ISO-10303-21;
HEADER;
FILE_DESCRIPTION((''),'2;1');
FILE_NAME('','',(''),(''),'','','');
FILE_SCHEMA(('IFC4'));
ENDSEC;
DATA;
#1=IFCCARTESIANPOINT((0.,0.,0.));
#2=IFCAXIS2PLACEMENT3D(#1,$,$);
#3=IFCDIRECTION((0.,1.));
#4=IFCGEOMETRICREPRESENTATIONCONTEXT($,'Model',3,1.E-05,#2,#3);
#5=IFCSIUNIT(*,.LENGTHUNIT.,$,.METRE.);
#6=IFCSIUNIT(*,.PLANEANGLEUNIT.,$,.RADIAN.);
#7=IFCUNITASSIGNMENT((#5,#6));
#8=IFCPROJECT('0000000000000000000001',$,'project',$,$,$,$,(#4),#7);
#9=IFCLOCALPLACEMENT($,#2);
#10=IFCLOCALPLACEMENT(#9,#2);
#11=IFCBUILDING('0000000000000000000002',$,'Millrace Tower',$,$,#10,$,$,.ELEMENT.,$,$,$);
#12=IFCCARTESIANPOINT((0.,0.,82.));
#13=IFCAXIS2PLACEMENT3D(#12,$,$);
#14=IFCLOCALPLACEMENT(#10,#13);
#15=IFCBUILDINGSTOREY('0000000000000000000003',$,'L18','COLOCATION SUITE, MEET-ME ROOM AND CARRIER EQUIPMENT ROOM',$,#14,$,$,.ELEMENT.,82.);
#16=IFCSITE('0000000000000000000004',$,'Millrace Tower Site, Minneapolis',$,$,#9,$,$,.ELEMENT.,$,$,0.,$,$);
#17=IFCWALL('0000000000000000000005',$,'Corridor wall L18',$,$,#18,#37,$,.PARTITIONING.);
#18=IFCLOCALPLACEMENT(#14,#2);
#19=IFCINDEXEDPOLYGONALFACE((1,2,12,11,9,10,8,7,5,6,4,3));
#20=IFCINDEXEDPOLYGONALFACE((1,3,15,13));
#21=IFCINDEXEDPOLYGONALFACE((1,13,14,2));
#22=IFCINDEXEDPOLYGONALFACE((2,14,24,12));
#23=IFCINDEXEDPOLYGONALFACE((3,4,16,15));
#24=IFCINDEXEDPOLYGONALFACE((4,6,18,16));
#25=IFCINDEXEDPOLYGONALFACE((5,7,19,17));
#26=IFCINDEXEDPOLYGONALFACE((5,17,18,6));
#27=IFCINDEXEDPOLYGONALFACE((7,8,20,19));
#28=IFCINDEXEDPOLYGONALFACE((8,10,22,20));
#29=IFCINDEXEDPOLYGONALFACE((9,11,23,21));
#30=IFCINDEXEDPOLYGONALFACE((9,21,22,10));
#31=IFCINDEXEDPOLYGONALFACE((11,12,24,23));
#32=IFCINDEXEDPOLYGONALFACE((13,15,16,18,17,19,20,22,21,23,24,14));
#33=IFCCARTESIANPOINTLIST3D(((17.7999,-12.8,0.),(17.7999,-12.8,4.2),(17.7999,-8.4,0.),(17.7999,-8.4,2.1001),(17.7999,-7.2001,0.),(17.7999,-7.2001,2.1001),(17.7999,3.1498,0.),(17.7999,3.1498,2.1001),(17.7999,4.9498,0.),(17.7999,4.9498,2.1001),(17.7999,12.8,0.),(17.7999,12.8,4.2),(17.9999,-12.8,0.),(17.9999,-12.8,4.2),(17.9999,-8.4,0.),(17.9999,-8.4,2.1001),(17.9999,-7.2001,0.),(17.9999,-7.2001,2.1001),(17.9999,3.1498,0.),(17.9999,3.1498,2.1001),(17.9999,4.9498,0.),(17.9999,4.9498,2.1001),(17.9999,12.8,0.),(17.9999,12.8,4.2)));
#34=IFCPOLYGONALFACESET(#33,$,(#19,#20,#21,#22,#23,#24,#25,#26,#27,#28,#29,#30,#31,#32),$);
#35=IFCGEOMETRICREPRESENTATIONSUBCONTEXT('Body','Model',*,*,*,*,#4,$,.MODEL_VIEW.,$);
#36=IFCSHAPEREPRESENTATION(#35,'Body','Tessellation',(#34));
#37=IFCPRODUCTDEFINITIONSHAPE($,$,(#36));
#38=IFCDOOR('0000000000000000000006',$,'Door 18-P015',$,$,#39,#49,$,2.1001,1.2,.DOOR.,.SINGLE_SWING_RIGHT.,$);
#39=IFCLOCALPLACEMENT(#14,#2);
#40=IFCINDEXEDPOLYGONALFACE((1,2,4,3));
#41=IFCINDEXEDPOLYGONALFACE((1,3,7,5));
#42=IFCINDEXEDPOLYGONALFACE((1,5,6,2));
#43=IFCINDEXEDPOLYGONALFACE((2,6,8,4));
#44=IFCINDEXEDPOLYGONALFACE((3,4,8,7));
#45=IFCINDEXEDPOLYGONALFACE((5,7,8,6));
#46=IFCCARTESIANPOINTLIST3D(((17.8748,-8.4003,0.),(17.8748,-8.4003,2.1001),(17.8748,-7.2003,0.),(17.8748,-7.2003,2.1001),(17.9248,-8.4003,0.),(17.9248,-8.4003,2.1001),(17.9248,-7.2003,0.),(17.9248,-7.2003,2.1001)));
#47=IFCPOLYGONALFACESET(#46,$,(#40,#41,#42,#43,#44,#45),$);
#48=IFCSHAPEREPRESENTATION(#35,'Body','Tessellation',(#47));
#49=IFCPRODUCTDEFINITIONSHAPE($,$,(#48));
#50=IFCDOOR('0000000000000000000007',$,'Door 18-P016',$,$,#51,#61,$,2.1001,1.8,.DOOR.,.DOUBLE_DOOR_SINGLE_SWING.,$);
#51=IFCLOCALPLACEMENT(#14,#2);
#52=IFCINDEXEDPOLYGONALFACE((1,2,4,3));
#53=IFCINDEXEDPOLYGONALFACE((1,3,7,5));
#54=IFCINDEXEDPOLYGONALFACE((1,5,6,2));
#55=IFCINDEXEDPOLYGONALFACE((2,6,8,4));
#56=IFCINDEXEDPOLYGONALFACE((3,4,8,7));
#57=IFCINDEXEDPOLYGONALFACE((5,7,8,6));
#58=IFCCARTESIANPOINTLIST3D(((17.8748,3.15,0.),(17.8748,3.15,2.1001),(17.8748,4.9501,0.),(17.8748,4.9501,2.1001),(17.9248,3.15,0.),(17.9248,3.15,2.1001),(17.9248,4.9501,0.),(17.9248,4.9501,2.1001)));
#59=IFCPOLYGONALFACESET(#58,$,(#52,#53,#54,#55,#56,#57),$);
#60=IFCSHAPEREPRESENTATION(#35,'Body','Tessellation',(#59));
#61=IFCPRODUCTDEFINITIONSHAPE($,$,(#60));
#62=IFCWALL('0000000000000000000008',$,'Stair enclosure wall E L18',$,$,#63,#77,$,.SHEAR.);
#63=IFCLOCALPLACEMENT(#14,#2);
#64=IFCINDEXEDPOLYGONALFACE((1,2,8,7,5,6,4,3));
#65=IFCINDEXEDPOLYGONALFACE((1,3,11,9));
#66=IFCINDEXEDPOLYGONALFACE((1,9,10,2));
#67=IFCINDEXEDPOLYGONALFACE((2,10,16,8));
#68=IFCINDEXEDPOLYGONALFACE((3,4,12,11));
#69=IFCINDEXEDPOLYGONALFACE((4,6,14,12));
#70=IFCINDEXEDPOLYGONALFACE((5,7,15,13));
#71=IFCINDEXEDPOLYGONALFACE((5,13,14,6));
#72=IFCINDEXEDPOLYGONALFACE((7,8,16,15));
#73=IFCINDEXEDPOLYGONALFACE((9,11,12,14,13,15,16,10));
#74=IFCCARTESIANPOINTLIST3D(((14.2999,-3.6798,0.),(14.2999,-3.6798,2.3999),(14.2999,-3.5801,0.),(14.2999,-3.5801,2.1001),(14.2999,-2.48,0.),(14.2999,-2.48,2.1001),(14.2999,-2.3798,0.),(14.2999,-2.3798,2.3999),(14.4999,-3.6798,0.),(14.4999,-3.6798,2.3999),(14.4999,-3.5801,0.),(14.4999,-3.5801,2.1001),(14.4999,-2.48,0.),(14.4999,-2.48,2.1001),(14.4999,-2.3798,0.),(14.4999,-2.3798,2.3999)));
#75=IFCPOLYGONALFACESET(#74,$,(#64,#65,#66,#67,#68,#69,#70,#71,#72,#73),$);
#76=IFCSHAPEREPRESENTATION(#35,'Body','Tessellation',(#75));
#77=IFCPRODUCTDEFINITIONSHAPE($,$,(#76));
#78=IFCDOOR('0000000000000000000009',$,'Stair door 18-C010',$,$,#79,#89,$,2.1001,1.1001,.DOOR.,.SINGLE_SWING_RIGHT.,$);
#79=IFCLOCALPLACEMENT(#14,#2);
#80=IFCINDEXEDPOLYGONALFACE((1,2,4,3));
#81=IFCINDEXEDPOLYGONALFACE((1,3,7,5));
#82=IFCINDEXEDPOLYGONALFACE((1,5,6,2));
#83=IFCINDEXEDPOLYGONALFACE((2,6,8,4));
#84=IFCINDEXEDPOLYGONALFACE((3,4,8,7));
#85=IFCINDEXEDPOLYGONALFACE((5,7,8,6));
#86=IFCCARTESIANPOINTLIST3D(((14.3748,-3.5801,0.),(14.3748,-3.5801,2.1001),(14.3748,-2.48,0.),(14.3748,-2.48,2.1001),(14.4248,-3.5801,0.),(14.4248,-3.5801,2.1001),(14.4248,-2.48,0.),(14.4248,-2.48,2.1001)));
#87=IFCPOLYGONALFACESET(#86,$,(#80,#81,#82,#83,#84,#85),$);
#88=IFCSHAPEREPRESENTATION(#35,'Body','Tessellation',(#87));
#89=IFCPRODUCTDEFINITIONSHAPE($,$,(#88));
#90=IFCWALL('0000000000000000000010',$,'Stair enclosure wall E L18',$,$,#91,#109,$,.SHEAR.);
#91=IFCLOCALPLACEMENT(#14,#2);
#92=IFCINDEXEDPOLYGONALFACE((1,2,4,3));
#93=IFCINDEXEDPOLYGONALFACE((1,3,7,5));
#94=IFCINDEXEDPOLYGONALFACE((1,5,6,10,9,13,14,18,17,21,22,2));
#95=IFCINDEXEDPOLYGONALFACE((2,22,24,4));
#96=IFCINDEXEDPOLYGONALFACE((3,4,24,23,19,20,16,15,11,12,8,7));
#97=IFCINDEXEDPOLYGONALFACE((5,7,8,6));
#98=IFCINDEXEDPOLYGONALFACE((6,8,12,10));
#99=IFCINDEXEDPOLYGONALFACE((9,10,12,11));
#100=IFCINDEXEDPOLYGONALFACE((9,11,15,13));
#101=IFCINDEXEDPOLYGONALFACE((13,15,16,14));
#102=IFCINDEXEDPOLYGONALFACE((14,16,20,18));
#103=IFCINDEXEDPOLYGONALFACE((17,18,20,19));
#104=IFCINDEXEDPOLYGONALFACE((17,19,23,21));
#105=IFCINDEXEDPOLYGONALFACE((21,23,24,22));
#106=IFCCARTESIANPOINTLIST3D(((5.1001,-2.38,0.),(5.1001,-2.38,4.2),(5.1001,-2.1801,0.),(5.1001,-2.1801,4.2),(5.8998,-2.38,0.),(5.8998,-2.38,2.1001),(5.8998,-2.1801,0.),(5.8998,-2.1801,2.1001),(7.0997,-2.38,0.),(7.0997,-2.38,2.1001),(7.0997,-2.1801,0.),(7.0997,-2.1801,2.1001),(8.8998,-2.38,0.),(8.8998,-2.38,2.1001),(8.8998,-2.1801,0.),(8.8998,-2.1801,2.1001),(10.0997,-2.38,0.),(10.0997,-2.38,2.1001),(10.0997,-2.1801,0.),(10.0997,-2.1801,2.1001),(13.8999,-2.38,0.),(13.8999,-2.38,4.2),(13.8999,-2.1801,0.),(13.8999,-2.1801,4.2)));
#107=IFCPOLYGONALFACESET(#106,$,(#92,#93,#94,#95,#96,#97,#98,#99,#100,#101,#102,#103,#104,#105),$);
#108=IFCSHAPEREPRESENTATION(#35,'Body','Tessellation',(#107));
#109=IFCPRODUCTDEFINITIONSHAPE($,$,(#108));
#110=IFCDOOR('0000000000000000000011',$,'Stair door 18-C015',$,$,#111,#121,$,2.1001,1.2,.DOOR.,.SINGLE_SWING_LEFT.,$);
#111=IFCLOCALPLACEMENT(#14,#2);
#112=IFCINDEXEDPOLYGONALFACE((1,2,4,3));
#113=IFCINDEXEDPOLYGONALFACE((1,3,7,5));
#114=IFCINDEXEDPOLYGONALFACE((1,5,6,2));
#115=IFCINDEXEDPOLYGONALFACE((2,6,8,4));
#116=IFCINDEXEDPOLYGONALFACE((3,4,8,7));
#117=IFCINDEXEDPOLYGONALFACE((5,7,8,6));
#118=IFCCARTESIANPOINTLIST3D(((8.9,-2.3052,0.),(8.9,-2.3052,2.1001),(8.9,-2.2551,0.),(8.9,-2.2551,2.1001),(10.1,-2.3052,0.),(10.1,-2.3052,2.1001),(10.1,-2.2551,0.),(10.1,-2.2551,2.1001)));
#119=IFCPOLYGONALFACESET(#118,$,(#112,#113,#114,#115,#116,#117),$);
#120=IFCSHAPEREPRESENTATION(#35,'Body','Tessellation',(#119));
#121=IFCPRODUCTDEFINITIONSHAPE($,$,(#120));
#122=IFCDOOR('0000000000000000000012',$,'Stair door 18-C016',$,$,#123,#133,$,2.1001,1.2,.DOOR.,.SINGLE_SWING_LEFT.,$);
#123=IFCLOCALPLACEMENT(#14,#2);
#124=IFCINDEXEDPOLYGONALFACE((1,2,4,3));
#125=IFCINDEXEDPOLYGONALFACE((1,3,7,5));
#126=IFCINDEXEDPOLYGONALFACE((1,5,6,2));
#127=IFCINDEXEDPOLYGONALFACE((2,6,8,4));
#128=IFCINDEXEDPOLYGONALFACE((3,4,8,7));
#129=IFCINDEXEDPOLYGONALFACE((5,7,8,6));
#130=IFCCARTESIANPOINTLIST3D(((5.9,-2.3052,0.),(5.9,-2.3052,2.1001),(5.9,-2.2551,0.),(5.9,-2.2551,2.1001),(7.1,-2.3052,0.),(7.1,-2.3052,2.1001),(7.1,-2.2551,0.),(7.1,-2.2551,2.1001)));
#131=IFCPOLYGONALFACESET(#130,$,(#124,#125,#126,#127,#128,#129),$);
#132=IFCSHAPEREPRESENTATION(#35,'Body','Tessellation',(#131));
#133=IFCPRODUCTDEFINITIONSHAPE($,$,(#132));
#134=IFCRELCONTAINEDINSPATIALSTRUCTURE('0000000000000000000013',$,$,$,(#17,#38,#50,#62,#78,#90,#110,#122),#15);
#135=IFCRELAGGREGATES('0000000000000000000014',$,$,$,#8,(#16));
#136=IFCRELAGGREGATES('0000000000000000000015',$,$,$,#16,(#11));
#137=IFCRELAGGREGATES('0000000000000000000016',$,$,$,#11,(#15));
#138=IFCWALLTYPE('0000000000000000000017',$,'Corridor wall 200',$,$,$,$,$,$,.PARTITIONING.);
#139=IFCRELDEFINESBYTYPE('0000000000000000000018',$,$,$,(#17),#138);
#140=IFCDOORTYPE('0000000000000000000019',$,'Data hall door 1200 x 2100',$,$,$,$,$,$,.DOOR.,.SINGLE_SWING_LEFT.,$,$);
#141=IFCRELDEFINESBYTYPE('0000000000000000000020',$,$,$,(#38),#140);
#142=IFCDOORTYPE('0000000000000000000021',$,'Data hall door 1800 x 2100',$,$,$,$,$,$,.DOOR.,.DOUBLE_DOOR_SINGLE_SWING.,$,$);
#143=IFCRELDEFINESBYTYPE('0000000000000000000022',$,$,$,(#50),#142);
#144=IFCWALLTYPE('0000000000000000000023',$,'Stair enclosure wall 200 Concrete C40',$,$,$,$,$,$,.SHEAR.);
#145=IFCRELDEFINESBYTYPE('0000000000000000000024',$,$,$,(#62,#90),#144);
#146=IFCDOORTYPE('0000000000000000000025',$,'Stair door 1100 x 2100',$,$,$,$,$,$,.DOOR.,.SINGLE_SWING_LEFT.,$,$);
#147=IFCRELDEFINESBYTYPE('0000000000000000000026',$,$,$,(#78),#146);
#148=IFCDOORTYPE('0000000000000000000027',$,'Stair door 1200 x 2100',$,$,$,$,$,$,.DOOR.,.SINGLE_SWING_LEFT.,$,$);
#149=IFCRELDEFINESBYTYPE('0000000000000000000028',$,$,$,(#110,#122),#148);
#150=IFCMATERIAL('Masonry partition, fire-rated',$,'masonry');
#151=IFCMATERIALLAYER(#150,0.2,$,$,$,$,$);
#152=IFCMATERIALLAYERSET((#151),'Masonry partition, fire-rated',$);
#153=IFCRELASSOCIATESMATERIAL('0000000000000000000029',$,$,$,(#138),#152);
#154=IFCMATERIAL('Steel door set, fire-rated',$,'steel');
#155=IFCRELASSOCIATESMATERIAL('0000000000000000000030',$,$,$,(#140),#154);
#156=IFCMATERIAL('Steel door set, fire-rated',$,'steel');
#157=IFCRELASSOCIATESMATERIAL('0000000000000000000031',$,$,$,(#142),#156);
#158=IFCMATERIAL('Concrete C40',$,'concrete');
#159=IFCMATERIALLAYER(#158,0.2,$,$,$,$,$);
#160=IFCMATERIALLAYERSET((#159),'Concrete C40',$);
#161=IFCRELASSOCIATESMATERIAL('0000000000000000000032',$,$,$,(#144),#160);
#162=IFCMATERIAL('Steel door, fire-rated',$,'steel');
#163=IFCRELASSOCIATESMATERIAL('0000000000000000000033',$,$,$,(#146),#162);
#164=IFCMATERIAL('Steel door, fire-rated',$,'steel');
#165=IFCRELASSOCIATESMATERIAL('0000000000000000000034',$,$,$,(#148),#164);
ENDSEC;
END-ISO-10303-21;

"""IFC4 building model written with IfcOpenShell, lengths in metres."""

from ifc_helpers import new_model, si_unit, direction, frame, frame_2d, origin, place, context, subcontext, project, spatial, rectangle, extrude, material, layer, layer_set, type_object, element, fill, save


model = new_model("IFC4")

# Units and contexts
model_context = context("Model", 3, precision=1e-05, world=origin(), true_north=direction((0.0, 1.0)))
body_context = subcontext(model_context, "Body", "Model", "MODEL_VIEW")
ifc_project = project(units=[si_unit("LENGTHUNIT", "METRE"), si_unit("PLANEANGLEUNIT", "RADIAN")], contexts=[model_context])

# Site, building, storey
site_placement = place(None, origin())
site = spatial("IfcSite", under=ifc_project, at=site_placement, Name="Millrace Tower Site, Minneapolis", CompositionType="ELEMENT", RefElevation=0.0)
building_placement = place(site_placement, origin())
building = spatial("IfcBuilding", under=site, at=building_placement, Name="Millrace Tower", CompositionType="ELEMENT")
storey_placement = place(building_placement, frame((0.0, 0.0, 82.0)))
storey = spatial("IfcBuildingStorey", under=building, at=storey_placement, Name="L18", Description="COLOCATION SUITE, MEET-ME ROOM AND CARRIER EQUIPMENT ROOM", CompositionType="ELEMENT", Elevation=82.0)

# Shared definitions
ifc_material_1 = material(Name="Masonry partition, fire-rated", Category="masonry")
ifc_layer_1 = layer(ifc_material_1, 0.2)
ifc_layer_set_1 = layer_set([ifc_layer_1], Name="Masonry partition, fire-rated")
wall_type_1 = type_object("IfcWallType", Name="Corridor wall 200", PredefinedType="PARTITIONING", material=ifc_layer_set_1)

# Wall, openings, doors
wall_1_placement = place(storey_placement, frame((17.8999, -12.8, 0.0), z_axis=(0.0, 0.0, 1.0), x_axis=(0.0, 1.0, 0.0)))
wall_1 = element("IfcWall", 1, at=wall_1_placement, inside=storey, type_object=wall_type_1, Name="Corridor wall L18", PredefinedType="PARTITIONING", context=body_context, shape_type="SweptSolid", body=[
    extrude(rectangle(XDim=25.6001, YDim=0.2, at=frame_2d((12.8, 0.0))), origin(), (0.0, 0.0, 1.0), 4.2),
])
opening_1_placement = place(wall_1_placement, frame((4.3999, 0.0, 0.0)))
opening_1 = element("IfcOpeningElement", 2, at=opening_1_placement, cuts=wall_1, PredefinedType="OPENING", context=body_context, shape_type="SweptSolid", body=[
    extrude(rectangle(XDim=1.2, YDim=2.1001, at=frame_2d((0.6001, 1.05))), frame((0.0, 0.1099, 0.0), z_axis=(0.0, -1.0, 0.0), x_axis=(1.0, 0.0, 0.0)), (0.0, 0.0, 1.0), 0.22),
])
opening_2_placement = place(wall_1_placement, frame((15.95, 0.0, 0.0)))
opening_2 = element("IfcOpeningElement", 3, at=opening_2_placement, cuts=wall_1, PredefinedType="OPENING", context=body_context, shape_type="SweptSolid", body=[
    extrude(rectangle(XDim=1.8, YDim=2.1001, at=frame_2d((0.8999, 1.05))), frame((0.0, 0.1099, 0.0), z_axis=(0.0, -1.0, 0.0), x_axis=(1.0, 0.0, 0.0)), (0.0, 0.0, 1.0), 0.22),
])
ifc_material_2 = material(Name="Steel door set, fire-rated", Category="steel")
door_type_1 = type_object("IfcDoorType", Name="Data hall door 1200 x 2100", OperationType="SINGLE_SWING_LEFT", PredefinedType="DOOR", material=ifc_material_2)
door_1_placement = place(opening_1_placement, frame((1.2, 0.0, 0.0), z_axis=(0.0, 0.0, 1.0), x_axis=(-1.0, 0.0, 0.0)))
door_1 = element("IfcDoor", 4, at=door_1_placement, inside=storey, type_object=door_type_1, Name="Door 18-P015", OperationType="SINGLE_SWING_RIGHT", OverallHeight=2.1001, OverallWidth=1.2, PredefinedType="DOOR", context=body_context, shape_type="SweptSolid", body=[
    extrude(rectangle(XDim=1.2, YDim=2.1001, at=frame_2d((0.6001, 1.05))), frame((0.0, 0.0249, 0.0), z_axis=(0.0, -1.0, 0.0), x_axis=(1.0, 0.0, 0.0)), (0.0, 0.0, 1.0), 0.05),
])
fill(opening_1, door_1)
ifc_material_3 = material(Name="Steel door set, fire-rated", Category="steel")
door_type_2 = type_object("IfcDoorType", Name="Data hall door 1800 x 2100", OperationType="DOUBLE_DOOR_SINGLE_SWING", PredefinedType="DOOR", material=ifc_material_3)
door_2_placement = place(opening_2_placement, frame((1.8, 0.0, 0.0), z_axis=(0.0, 0.0, 1.0), x_axis=(-1.0, 0.0, 0.0)))
door_2 = element("IfcDoor", 5, at=door_2_placement, inside=storey, type_object=door_type_2, Name="Door 18-P016", OperationType="DOUBLE_DOOR_SINGLE_SWING", OverallHeight=2.1001, OverallWidth=1.8, PredefinedType="DOOR", context=body_context, shape_type="SweptSolid", body=[
    extrude(rectangle(XDim=1.8, YDim=2.1001, at=frame_2d((0.8999, 1.05))), frame((0.0, 0.0249, 0.0), z_axis=(0.0, -1.0, 0.0), x_axis=(1.0, 0.0, 0.0)), (0.0, 0.0, 1.0), 0.05),
])
fill(opening_2, door_2)

# Wall, opening, door
ifc_material_4 = material(Name="Concrete C40", Category="concrete")
ifc_layer_2 = layer(ifc_material_4, 0.2)
ifc_layer_set_2 = layer_set([ifc_layer_2], Name="Concrete C40")
wall_type_2 = type_object("IfcWallType", Name="Stair enclosure wall 200 Concrete C40", PredefinedType="SHEAR", material=ifc_layer_set_2)
wall_2_placement = place(storey_placement, frame((14.3999, -2.3799, 0.0), z_axis=(0.0, 0.0, 1.0), x_axis=(0.0, -1.0, 0.0)))
wall_2 = element("IfcWall", 6, at=wall_2_placement, inside=storey, type_object=wall_type_2, Name="Stair enclosure wall E L18", PredefinedType="SHEAR", context=body_context, shape_type="SweptSolid", body=[
    extrude(rectangle(XDim=1.3, YDim=0.2, at=frame_2d((0.6499, 0.0))), origin(), (0.0, 0.0, 1.0), 2.3999),
])
opening_3_placement = place(wall_2_placement, frame((0.1001, 0.0, 0.0)))
opening_3 = element("IfcOpeningElement", 7, at=opening_3_placement, cuts=wall_2, PredefinedType="OPENING", context=body_context, shape_type="SweptSolid", body=[
    extrude(rectangle(XDim=1.1001, YDim=2.1001, at=frame_2d((0.55, 1.05))), frame((0.0, 0.1099, 0.0), z_axis=(0.0, -1.0, 0.0), x_axis=(1.0, 0.0, 0.0)), (0.0, 0.0, 1.0), 0.22),
])
ifc_material_5 = material(Name="Steel door, fire-rated", Category="steel")
door_type_3 = type_object("IfcDoorType", Name="Stair door 1100 x 2100", OperationType="SINGLE_SWING_LEFT", PredefinedType="DOOR", material=ifc_material_5)
door_3_placement = place(opening_3_placement, origin())
door_3 = element("IfcDoor", 8, at=door_3_placement, inside=storey, type_object=door_type_3, Name="Stair door 18-C010", OperationType="SINGLE_SWING_RIGHT", OverallHeight=2.1001, OverallWidth=1.1001, PredefinedType="DOOR", context=body_context, shape_type="SweptSolid", body=[
    extrude(rectangle(XDim=1.1001, YDim=2.1001, at=frame_2d((0.55, 1.05))), frame((0.0, 0.0249, 0.0), z_axis=(0.0, -1.0, 0.0), x_axis=(1.0, 0.0, 0.0)), (0.0, 0.0, 1.0), 0.05),
])
fill(opening_3, door_3)

# Wall, openings, doors
wall_3_placement = place(storey_placement, frame((13.8999, -2.28, 0.0), z_axis=(0.0, 0.0, 1.0), x_axis=(-1.0, 0.0, 0.0)))
wall_3 = element("IfcWall", 9, at=wall_3_placement, inside=storey, type_object=wall_type_2, Name="Stair enclosure wall E L18", PredefinedType="SHEAR", context=body_context, shape_type="SweptSolid", body=[
    extrude(rectangle(XDim=8.7998, YDim=0.2, at=frame_2d((4.3999, 0.0))), origin(), (0.0, 0.0, 1.0), 4.2),
])
opening_4_placement = place(wall_3_placement, frame((3.8, 0.0, 0.0)))
opening_4 = element("IfcOpeningElement", 10, at=opening_4_placement, cuts=wall_3, PredefinedType="OPENING", context=body_context, shape_type="SweptSolid", body=[
    extrude(rectangle(XDim=1.2, YDim=2.1001, at=frame_2d((0.6001, 1.05))), frame((0.0, 0.1099, 0.0), z_axis=(0.0, -1.0, 0.0), x_axis=(1.0, 0.0, 0.0)), (0.0, 0.0, 1.0), 0.22),
])
opening_5_placement = place(wall_3_placement, frame((6.8, 0.0, 0.0)))
opening_5 = element("IfcOpeningElement", 11, at=opening_5_placement, cuts=wall_3, PredefinedType="OPENING", context=body_context, shape_type="SweptSolid", body=[
    extrude(rectangle(XDim=1.2, YDim=2.1001, at=frame_2d((0.6001, 1.05))), frame((0.0, 0.1099, 0.0), z_axis=(0.0, -1.0, 0.0), x_axis=(1.0, 0.0, 0.0)), (0.0, 0.0, 1.0), 0.22),
])
ifc_material_6 = material(Name="Steel door, fire-rated", Category="steel")
door_type_4 = type_object("IfcDoorType", Name="Stair door 1200 x 2100", OperationType="SINGLE_SWING_LEFT", PredefinedType="DOOR", material=ifc_material_6)
door_4_placement = place(opening_4_placement, frame((1.2, 0.0, 0.0), z_axis=(0.0, 0.0, 1.0), x_axis=(-1.0, 0.0, 0.0)))
door_4 = element("IfcDoor", 12, at=door_4_placement, inside=storey, type_object=door_type_4, Name="Stair door 18-C015", OperationType="SINGLE_SWING_LEFT", OverallHeight=2.1001, OverallWidth=1.2, PredefinedType="DOOR", context=body_context, shape_type="SweptSolid", body=[
    extrude(rectangle(XDim=1.2, YDim=2.1001, at=frame_2d((0.6001, 1.05))), frame((0.0, 0.0249, 0.0), z_axis=(0.0, -1.0, 0.0), x_axis=(1.0, 0.0, 0.0)), (0.0, 0.0, 1.0), 0.05),
])
fill(opening_4, door_4)
door_5_placement = place(opening_5_placement, frame((1.2, 0.0, 0.0), z_axis=(0.0, 0.0, 1.0), x_axis=(-1.0, 0.0, 0.0)))
door_5 = element("IfcDoor", 13, at=door_5_placement, inside=storey, type_object=door_type_4, Name="Stair door 18-C016", OperationType="SINGLE_SWING_LEFT", OverallHeight=2.1001, OverallWidth=1.2, PredefinedType="DOOR", context=body_context, shape_type="SweptSolid", body=[
    extrude(rectangle(XDim=1.2, YDim=2.1001, at=frame_2d((0.6001, 1.05))), frame((0.0, 0.0249, 0.0), z_axis=(0.0, -1.0, 0.0), x_axis=(1.0, 0.0, 0.0)), (0.0, 0.0, 1.0), 0.05),
])
fill(opening_5, door_5)

save(model, "model.ifc")
